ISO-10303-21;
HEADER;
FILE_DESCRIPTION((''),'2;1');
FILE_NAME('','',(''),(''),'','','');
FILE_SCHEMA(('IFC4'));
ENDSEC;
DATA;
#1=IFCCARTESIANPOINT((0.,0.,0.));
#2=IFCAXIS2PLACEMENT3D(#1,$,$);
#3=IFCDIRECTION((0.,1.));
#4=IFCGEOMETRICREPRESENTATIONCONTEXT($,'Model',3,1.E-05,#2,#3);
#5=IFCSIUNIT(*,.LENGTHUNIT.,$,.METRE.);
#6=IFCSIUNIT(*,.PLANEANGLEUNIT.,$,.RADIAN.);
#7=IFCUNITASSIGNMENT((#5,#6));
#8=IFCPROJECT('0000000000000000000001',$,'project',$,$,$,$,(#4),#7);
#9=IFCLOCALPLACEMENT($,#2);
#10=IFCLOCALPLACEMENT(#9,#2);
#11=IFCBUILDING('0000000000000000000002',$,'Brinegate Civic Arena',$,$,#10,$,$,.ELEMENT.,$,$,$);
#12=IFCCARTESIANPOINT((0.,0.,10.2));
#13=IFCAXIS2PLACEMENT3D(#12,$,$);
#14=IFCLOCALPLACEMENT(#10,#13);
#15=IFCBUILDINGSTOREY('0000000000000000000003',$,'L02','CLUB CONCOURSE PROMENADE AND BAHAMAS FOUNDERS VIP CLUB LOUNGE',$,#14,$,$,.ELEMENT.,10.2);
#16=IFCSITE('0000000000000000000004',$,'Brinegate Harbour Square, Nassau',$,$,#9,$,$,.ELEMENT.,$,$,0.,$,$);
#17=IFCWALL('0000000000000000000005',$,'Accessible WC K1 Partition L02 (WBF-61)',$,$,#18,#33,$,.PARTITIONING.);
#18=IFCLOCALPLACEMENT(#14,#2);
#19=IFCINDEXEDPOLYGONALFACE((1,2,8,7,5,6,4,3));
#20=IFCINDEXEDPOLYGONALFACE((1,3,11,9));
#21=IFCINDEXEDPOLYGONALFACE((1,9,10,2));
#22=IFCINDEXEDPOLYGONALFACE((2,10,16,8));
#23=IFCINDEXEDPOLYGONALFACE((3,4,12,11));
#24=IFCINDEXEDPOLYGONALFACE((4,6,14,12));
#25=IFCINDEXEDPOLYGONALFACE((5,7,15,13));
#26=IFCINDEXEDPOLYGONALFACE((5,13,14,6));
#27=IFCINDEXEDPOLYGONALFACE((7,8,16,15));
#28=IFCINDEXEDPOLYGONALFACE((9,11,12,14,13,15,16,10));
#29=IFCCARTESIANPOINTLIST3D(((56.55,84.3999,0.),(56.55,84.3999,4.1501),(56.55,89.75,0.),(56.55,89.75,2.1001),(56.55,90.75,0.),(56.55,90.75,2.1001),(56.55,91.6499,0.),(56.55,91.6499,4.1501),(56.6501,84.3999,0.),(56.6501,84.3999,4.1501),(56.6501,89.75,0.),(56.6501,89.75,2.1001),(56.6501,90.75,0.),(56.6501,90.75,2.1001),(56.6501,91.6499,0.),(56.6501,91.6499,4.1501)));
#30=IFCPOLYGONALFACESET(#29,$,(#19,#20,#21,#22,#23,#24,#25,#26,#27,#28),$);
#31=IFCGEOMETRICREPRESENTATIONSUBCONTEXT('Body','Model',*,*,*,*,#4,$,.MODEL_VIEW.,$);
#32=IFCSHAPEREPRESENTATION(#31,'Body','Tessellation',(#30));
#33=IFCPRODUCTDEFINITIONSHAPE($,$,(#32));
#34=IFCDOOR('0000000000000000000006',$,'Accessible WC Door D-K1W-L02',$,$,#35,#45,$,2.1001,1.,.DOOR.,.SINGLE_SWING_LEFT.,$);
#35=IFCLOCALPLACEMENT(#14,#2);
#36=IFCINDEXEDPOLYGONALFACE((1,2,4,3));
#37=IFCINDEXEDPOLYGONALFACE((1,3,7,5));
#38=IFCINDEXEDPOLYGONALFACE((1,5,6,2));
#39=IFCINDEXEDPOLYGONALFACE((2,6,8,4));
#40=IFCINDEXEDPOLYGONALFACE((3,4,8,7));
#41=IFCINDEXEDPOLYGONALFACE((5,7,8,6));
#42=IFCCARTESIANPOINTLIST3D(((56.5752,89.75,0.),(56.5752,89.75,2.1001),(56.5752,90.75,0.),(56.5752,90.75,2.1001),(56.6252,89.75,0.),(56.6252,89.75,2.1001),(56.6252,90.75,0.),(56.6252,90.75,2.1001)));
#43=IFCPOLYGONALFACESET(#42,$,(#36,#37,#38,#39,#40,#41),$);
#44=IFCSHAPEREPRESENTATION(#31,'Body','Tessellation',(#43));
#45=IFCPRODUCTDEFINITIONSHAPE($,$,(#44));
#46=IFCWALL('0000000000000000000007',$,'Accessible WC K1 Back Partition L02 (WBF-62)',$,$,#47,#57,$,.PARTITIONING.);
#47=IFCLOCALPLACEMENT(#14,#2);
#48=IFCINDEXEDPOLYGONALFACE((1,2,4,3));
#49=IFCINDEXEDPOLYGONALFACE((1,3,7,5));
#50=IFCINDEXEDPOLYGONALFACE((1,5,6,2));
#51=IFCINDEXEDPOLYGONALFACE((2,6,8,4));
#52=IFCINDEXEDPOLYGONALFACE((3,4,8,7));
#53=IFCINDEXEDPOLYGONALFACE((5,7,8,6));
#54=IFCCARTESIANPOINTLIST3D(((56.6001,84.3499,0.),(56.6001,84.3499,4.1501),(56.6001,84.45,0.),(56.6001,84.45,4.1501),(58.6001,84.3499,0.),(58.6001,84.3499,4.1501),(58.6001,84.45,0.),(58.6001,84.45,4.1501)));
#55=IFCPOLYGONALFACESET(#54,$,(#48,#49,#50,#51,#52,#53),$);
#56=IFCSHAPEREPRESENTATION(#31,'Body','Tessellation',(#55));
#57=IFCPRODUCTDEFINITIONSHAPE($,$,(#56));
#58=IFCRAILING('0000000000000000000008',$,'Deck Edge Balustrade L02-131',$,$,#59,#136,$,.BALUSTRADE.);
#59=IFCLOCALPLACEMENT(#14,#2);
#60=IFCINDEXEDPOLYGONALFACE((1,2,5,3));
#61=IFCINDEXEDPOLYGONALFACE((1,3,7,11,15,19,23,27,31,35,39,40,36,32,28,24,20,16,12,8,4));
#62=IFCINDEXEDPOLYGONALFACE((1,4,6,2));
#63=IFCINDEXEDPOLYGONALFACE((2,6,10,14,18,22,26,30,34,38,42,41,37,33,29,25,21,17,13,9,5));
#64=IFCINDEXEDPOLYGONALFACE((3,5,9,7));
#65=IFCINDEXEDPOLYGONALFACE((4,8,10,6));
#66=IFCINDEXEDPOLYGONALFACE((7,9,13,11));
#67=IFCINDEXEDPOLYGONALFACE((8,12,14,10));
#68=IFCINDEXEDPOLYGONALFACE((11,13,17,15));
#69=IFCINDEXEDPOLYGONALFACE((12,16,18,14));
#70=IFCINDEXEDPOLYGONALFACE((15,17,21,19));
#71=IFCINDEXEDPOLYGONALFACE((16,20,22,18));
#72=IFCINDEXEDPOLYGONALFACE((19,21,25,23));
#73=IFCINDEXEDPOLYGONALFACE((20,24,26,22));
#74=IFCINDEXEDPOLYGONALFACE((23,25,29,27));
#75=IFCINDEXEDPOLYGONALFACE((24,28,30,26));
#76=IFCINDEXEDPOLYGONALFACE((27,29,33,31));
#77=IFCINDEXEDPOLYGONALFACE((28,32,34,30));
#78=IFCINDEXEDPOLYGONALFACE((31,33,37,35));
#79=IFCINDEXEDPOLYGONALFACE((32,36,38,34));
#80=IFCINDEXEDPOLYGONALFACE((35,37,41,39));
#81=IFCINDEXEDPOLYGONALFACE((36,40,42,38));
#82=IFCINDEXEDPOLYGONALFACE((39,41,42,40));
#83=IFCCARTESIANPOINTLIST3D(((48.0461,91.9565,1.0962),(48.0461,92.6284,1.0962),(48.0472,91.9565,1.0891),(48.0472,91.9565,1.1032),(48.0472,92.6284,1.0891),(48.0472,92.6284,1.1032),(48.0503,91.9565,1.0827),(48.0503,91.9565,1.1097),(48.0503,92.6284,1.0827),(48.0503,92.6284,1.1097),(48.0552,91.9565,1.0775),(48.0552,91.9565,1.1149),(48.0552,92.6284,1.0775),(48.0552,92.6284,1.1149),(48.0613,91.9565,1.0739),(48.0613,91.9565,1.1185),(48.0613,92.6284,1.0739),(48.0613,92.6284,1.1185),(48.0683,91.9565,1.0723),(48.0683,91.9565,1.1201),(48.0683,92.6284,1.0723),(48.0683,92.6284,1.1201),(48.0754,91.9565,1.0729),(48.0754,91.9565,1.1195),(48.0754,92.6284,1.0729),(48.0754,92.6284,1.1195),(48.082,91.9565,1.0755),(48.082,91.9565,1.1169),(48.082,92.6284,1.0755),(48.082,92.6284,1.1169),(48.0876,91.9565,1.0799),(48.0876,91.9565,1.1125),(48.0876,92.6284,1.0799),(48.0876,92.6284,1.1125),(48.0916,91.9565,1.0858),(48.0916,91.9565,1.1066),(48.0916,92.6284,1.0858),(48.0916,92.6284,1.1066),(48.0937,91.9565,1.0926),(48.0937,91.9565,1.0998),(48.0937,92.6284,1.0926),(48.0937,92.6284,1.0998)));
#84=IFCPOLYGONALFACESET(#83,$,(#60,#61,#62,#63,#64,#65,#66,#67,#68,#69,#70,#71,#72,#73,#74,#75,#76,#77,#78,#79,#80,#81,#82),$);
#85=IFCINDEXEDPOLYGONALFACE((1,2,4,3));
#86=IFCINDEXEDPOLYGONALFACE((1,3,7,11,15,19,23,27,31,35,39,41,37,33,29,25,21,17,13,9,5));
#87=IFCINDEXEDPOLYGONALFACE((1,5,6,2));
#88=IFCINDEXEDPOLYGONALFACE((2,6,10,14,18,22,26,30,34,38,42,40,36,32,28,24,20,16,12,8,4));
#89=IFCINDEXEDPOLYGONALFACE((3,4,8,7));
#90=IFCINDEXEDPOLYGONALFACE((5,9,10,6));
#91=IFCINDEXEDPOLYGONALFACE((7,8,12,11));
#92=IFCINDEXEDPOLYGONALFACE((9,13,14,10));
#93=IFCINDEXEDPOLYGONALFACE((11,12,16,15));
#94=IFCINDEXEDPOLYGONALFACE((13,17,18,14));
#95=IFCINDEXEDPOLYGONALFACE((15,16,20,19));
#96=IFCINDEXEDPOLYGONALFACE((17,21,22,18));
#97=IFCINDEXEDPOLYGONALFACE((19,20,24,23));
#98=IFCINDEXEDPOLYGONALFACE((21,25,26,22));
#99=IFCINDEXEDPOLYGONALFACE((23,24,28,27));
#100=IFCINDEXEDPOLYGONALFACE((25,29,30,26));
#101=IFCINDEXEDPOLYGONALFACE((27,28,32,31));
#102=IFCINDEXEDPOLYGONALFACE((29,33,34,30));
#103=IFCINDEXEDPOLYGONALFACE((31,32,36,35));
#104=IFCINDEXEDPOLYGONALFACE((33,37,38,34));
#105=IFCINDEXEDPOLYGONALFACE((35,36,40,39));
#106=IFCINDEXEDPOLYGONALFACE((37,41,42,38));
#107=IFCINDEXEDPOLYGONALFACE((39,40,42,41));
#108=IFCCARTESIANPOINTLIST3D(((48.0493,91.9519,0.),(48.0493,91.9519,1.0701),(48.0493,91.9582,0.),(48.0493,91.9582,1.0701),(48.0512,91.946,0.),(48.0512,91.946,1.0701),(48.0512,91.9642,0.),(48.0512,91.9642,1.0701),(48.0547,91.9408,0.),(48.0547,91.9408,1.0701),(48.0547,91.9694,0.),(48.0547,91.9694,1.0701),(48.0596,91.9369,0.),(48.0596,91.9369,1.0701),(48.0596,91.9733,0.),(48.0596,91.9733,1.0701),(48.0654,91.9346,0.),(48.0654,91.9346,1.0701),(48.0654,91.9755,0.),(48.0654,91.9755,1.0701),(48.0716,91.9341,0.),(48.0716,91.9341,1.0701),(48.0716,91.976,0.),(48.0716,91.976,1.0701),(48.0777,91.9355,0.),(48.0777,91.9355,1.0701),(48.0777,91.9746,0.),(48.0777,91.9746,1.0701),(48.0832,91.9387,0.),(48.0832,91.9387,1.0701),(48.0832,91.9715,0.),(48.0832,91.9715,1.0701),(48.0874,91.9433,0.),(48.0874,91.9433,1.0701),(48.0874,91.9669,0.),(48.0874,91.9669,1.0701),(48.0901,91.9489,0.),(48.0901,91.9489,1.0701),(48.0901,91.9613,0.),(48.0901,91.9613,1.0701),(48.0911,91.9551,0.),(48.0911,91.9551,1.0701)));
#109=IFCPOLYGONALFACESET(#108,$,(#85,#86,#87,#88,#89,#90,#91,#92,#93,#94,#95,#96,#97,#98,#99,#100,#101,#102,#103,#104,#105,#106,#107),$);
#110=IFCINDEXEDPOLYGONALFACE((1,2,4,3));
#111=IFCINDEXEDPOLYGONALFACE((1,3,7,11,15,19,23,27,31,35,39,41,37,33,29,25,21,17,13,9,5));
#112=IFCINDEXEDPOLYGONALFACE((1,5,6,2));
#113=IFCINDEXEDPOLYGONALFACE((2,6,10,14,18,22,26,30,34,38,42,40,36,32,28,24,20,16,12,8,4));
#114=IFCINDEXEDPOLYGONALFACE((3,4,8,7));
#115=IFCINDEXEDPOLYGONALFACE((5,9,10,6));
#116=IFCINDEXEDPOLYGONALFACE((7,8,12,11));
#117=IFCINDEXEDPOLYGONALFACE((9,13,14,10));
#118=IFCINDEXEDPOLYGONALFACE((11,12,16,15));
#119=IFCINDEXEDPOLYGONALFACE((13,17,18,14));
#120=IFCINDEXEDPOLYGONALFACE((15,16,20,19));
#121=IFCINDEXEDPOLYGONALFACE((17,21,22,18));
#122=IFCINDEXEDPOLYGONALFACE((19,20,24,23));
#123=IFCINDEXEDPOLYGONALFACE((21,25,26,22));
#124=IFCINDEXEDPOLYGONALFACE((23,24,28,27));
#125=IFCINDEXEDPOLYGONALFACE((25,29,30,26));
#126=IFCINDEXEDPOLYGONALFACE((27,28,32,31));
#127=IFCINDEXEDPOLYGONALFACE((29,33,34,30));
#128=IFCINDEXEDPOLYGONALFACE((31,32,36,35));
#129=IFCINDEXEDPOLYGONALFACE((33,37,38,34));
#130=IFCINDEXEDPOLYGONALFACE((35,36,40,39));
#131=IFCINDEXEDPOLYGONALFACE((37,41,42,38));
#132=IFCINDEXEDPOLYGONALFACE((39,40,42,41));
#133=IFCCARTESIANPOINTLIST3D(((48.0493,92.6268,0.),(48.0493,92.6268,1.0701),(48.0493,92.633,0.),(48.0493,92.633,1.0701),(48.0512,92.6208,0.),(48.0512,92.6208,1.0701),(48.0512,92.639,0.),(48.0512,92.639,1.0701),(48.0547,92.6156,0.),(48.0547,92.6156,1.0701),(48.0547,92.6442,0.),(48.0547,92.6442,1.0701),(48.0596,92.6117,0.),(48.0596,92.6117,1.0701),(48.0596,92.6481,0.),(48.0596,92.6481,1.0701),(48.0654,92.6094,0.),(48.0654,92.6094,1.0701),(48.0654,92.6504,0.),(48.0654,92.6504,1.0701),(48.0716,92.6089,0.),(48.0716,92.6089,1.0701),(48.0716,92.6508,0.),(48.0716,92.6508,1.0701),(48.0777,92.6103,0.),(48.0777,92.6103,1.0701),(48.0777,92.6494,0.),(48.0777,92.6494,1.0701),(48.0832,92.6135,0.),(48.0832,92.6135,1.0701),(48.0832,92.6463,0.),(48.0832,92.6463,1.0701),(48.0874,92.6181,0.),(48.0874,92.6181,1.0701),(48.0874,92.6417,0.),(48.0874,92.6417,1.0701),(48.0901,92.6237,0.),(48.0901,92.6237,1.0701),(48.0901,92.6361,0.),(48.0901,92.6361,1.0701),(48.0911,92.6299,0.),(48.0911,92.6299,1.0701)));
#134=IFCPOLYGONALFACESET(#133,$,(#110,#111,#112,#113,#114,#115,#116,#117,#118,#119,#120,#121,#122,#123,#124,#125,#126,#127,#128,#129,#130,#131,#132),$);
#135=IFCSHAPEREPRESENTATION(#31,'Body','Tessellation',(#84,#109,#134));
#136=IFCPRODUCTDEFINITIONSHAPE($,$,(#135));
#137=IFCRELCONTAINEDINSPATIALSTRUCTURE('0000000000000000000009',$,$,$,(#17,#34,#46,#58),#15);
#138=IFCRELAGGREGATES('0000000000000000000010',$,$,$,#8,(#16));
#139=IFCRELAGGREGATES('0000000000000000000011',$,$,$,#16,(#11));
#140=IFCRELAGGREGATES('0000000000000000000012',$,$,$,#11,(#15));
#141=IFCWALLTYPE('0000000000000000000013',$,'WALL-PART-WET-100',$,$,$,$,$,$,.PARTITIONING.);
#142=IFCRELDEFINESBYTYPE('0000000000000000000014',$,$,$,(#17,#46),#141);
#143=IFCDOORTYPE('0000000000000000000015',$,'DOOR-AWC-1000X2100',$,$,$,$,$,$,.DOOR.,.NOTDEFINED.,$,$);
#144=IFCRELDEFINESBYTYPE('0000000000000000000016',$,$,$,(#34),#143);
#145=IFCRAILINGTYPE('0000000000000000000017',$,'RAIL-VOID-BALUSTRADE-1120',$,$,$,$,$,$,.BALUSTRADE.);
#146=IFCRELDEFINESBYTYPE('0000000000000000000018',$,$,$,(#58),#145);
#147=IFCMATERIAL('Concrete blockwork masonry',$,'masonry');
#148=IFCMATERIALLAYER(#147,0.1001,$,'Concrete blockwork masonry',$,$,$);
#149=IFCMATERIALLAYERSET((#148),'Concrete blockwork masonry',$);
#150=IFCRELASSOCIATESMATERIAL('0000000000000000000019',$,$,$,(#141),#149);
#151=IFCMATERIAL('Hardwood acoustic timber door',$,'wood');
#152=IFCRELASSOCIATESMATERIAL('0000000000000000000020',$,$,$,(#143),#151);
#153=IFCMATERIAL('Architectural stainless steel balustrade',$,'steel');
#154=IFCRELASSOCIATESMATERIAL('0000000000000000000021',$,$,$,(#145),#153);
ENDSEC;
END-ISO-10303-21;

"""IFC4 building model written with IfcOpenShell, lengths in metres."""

from ifc_helpers import new_model, si_unit, direction, frame, frame_2d, origin, origin_2d, place, context, subcontext, project, spatial, rectangle, circle, extrude, material, layer, layer_set, type_object, element, fill, save


model = new_model("IFC4")

# Units and contexts
model_context = context("Model", 3, precision=1e-05, world=origin(), true_north=direction((0.0, 1.0)))
body_context = subcontext(model_context, "Body", "Model", "MODEL_VIEW")
ifc_project = project(units=[si_unit("LENGTHUNIT", "METRE"), si_unit("PLANEANGLEUNIT", "RADIAN")], contexts=[model_context])

# Site, building, storey
site_placement = place(None, origin())
site = spatial("IfcSite", under=ifc_project, at=site_placement, Name="Brinegate Harbour Square, Nassau", CompositionType="ELEMENT", RefElevation=0.0)
building_placement = place(site_placement, origin())
building = spatial("IfcBuilding", under=site, at=building_placement, Name="Brinegate Civic Arena", CompositionType="ELEMENT")
storey_placement = place(building_placement, frame((0.0, 0.0, 10.2)))
storey = spatial("IfcBuildingStorey", under=building, at=storey_placement, Name="L02", Description="CLUB CONCOURSE PROMENADE AND BAHAMAS FOUNDERS VIP CLUB LOUNGE", CompositionType="ELEMENT", Elevation=10.2)

# Shared definitions
ifc_material_1 = material(Name="Architectural stainless steel balustrade", Category="steel")

# Shared definitions
ifc_material_2 = material(Name="Concrete blockwork masonry", Category="masonry")

# Wall, opening, door
ifc_layer_1 = layer(ifc_material_2, 0.1001, Name="Concrete blockwork masonry")
ifc_layer_set_1 = layer_set([ifc_layer_1], Name="Concrete blockwork masonry")
wall_type_1 = type_object("IfcWallType", Name="WALL-PART-WET-100", PredefinedType="PARTITIONING", material=ifc_layer_set_1)
wall_1_placement = place(storey_placement, frame((56.6001, 84.3999, 0.0), z_axis=(0.0, 0.0, 1.0), x_axis=(0.0, 1.0, 0.0)))
wall_1 = element("IfcWall", 1, at=wall_1_placement, inside=storey, type_object=wall_type_1, Name="Accessible WC K1 Partition L02 (WBF-61)", PredefinedType="PARTITIONING", context=body_context, shape_type="SweptSolid", body=[
    extrude(rectangle(XDim=7.25, YDim=0.1001, at=frame_2d((3.625, 0.0))), origin(), (0.0, 0.0, 1.0), 4.1501),
])
opening_1_placement = place(wall_1_placement, frame((5.3501, 0.0, 0.0)))
opening_1 = element("IfcOpeningElement", 2, at=opening_1_placement, cuts=wall_1, PredefinedType="OPENING", context=body_context, shape_type="SweptSolid", body=[
    extrude(rectangle(XDim=1.0, YDim=2.1001, at=frame_2d((0.5, 1.05))), frame((0.0, 0.0601, 0.0), z_axis=(0.0, -1.0, 0.0), x_axis=(1.0, 0.0, 0.0)), (0.0, 0.0, 1.0), 0.1201),
])
ifc_material_3 = material(Name="Hardwood acoustic timber door", Category="wood")
door_type_1 = type_object("IfcDoorType", Name="DOOR-AWC-1000X2100", OperationType="NOTDEFINED", PredefinedType="DOOR", material=ifc_material_3)
door_1_placement = place(opening_1_placement, origin())
door_1 = element("IfcDoor", 3, at=door_1_placement, inside=storey, type_object=door_type_1, Name="Accessible WC Door D-K1W-L02", OperationType="SINGLE_SWING_LEFT", OverallHeight=2.1001, OverallWidth=1.0, PredefinedType="DOOR", context=body_context, shape_type="SweptSolid", body=[
    extrude(rectangle(XDim=1.0, YDim=2.1001, at=frame_2d((0.5, 1.05))), frame((0.0, 0.0249, 0.0), z_axis=(0.0, -1.0, 0.0), x_axis=(1.0, 0.0, 0.0)), (0.0, 0.0, 1.0), 0.05),
])
fill(opening_1, door_1)

# Wall
wall_2_placement = place(storey_placement, frame((56.6001, 84.3999, 0.0), z_axis=(0.0, 0.0, 1.0), x_axis=(1.0, 0.0, 0.0)))
element("IfcWall", 4, at=wall_2_placement, inside=storey, type_object=wall_type_1, Name="Accessible WC K1 Back Partition L02 (WBF-62)", PredefinedType="PARTITIONING", context=body_context, shape_type="SweptSolid", body=[
    extrude(rectangle(XDim=2.0, YDim=0.1001, at=frame_2d((1.0, 0.0))), origin(), (0.0, 0.0, 1.0), 4.1501),
])

# Railing
railing_type = type_object("IfcRailingType", Name="RAIL-VOID-BALUSTRADE-1120", PredefinedType="BALUSTRADE", material=ifc_material_1)
for number, where, name in (
    (5, (48.0701, 91.9551, 0.0), "Deck Edge Balustrade L02-131"),
):
    element("IfcRailing", number, at=place(storey_placement, frame(where)), inside=storey, type_object=railing_type, Name=name, PredefinedType="BALUSTRADE", context=body_context, shape_type="SweptSolid", body=[
        extrude(circle(Radius=0.0239, at=origin_2d()), frame((0.0, 0.0015, 1.0962), z_axis=(0.0, 1.0, 0.0), x_axis=(-1.0, 0.0, 0.0)), (0.0, 0.0, 1.0), 0.6719),
        extrude(circle(Radius=0.021, at=origin_2d()), origin(), (0.0, 0.0, 1.0), 1.0701),
        extrude(circle(Radius=0.021, at=origin_2d()), frame((0.0, 0.6748, 0.0)), (0.0, 0.0, 1.0), 1.0701),
    ])

save(model, "model.ifc")
